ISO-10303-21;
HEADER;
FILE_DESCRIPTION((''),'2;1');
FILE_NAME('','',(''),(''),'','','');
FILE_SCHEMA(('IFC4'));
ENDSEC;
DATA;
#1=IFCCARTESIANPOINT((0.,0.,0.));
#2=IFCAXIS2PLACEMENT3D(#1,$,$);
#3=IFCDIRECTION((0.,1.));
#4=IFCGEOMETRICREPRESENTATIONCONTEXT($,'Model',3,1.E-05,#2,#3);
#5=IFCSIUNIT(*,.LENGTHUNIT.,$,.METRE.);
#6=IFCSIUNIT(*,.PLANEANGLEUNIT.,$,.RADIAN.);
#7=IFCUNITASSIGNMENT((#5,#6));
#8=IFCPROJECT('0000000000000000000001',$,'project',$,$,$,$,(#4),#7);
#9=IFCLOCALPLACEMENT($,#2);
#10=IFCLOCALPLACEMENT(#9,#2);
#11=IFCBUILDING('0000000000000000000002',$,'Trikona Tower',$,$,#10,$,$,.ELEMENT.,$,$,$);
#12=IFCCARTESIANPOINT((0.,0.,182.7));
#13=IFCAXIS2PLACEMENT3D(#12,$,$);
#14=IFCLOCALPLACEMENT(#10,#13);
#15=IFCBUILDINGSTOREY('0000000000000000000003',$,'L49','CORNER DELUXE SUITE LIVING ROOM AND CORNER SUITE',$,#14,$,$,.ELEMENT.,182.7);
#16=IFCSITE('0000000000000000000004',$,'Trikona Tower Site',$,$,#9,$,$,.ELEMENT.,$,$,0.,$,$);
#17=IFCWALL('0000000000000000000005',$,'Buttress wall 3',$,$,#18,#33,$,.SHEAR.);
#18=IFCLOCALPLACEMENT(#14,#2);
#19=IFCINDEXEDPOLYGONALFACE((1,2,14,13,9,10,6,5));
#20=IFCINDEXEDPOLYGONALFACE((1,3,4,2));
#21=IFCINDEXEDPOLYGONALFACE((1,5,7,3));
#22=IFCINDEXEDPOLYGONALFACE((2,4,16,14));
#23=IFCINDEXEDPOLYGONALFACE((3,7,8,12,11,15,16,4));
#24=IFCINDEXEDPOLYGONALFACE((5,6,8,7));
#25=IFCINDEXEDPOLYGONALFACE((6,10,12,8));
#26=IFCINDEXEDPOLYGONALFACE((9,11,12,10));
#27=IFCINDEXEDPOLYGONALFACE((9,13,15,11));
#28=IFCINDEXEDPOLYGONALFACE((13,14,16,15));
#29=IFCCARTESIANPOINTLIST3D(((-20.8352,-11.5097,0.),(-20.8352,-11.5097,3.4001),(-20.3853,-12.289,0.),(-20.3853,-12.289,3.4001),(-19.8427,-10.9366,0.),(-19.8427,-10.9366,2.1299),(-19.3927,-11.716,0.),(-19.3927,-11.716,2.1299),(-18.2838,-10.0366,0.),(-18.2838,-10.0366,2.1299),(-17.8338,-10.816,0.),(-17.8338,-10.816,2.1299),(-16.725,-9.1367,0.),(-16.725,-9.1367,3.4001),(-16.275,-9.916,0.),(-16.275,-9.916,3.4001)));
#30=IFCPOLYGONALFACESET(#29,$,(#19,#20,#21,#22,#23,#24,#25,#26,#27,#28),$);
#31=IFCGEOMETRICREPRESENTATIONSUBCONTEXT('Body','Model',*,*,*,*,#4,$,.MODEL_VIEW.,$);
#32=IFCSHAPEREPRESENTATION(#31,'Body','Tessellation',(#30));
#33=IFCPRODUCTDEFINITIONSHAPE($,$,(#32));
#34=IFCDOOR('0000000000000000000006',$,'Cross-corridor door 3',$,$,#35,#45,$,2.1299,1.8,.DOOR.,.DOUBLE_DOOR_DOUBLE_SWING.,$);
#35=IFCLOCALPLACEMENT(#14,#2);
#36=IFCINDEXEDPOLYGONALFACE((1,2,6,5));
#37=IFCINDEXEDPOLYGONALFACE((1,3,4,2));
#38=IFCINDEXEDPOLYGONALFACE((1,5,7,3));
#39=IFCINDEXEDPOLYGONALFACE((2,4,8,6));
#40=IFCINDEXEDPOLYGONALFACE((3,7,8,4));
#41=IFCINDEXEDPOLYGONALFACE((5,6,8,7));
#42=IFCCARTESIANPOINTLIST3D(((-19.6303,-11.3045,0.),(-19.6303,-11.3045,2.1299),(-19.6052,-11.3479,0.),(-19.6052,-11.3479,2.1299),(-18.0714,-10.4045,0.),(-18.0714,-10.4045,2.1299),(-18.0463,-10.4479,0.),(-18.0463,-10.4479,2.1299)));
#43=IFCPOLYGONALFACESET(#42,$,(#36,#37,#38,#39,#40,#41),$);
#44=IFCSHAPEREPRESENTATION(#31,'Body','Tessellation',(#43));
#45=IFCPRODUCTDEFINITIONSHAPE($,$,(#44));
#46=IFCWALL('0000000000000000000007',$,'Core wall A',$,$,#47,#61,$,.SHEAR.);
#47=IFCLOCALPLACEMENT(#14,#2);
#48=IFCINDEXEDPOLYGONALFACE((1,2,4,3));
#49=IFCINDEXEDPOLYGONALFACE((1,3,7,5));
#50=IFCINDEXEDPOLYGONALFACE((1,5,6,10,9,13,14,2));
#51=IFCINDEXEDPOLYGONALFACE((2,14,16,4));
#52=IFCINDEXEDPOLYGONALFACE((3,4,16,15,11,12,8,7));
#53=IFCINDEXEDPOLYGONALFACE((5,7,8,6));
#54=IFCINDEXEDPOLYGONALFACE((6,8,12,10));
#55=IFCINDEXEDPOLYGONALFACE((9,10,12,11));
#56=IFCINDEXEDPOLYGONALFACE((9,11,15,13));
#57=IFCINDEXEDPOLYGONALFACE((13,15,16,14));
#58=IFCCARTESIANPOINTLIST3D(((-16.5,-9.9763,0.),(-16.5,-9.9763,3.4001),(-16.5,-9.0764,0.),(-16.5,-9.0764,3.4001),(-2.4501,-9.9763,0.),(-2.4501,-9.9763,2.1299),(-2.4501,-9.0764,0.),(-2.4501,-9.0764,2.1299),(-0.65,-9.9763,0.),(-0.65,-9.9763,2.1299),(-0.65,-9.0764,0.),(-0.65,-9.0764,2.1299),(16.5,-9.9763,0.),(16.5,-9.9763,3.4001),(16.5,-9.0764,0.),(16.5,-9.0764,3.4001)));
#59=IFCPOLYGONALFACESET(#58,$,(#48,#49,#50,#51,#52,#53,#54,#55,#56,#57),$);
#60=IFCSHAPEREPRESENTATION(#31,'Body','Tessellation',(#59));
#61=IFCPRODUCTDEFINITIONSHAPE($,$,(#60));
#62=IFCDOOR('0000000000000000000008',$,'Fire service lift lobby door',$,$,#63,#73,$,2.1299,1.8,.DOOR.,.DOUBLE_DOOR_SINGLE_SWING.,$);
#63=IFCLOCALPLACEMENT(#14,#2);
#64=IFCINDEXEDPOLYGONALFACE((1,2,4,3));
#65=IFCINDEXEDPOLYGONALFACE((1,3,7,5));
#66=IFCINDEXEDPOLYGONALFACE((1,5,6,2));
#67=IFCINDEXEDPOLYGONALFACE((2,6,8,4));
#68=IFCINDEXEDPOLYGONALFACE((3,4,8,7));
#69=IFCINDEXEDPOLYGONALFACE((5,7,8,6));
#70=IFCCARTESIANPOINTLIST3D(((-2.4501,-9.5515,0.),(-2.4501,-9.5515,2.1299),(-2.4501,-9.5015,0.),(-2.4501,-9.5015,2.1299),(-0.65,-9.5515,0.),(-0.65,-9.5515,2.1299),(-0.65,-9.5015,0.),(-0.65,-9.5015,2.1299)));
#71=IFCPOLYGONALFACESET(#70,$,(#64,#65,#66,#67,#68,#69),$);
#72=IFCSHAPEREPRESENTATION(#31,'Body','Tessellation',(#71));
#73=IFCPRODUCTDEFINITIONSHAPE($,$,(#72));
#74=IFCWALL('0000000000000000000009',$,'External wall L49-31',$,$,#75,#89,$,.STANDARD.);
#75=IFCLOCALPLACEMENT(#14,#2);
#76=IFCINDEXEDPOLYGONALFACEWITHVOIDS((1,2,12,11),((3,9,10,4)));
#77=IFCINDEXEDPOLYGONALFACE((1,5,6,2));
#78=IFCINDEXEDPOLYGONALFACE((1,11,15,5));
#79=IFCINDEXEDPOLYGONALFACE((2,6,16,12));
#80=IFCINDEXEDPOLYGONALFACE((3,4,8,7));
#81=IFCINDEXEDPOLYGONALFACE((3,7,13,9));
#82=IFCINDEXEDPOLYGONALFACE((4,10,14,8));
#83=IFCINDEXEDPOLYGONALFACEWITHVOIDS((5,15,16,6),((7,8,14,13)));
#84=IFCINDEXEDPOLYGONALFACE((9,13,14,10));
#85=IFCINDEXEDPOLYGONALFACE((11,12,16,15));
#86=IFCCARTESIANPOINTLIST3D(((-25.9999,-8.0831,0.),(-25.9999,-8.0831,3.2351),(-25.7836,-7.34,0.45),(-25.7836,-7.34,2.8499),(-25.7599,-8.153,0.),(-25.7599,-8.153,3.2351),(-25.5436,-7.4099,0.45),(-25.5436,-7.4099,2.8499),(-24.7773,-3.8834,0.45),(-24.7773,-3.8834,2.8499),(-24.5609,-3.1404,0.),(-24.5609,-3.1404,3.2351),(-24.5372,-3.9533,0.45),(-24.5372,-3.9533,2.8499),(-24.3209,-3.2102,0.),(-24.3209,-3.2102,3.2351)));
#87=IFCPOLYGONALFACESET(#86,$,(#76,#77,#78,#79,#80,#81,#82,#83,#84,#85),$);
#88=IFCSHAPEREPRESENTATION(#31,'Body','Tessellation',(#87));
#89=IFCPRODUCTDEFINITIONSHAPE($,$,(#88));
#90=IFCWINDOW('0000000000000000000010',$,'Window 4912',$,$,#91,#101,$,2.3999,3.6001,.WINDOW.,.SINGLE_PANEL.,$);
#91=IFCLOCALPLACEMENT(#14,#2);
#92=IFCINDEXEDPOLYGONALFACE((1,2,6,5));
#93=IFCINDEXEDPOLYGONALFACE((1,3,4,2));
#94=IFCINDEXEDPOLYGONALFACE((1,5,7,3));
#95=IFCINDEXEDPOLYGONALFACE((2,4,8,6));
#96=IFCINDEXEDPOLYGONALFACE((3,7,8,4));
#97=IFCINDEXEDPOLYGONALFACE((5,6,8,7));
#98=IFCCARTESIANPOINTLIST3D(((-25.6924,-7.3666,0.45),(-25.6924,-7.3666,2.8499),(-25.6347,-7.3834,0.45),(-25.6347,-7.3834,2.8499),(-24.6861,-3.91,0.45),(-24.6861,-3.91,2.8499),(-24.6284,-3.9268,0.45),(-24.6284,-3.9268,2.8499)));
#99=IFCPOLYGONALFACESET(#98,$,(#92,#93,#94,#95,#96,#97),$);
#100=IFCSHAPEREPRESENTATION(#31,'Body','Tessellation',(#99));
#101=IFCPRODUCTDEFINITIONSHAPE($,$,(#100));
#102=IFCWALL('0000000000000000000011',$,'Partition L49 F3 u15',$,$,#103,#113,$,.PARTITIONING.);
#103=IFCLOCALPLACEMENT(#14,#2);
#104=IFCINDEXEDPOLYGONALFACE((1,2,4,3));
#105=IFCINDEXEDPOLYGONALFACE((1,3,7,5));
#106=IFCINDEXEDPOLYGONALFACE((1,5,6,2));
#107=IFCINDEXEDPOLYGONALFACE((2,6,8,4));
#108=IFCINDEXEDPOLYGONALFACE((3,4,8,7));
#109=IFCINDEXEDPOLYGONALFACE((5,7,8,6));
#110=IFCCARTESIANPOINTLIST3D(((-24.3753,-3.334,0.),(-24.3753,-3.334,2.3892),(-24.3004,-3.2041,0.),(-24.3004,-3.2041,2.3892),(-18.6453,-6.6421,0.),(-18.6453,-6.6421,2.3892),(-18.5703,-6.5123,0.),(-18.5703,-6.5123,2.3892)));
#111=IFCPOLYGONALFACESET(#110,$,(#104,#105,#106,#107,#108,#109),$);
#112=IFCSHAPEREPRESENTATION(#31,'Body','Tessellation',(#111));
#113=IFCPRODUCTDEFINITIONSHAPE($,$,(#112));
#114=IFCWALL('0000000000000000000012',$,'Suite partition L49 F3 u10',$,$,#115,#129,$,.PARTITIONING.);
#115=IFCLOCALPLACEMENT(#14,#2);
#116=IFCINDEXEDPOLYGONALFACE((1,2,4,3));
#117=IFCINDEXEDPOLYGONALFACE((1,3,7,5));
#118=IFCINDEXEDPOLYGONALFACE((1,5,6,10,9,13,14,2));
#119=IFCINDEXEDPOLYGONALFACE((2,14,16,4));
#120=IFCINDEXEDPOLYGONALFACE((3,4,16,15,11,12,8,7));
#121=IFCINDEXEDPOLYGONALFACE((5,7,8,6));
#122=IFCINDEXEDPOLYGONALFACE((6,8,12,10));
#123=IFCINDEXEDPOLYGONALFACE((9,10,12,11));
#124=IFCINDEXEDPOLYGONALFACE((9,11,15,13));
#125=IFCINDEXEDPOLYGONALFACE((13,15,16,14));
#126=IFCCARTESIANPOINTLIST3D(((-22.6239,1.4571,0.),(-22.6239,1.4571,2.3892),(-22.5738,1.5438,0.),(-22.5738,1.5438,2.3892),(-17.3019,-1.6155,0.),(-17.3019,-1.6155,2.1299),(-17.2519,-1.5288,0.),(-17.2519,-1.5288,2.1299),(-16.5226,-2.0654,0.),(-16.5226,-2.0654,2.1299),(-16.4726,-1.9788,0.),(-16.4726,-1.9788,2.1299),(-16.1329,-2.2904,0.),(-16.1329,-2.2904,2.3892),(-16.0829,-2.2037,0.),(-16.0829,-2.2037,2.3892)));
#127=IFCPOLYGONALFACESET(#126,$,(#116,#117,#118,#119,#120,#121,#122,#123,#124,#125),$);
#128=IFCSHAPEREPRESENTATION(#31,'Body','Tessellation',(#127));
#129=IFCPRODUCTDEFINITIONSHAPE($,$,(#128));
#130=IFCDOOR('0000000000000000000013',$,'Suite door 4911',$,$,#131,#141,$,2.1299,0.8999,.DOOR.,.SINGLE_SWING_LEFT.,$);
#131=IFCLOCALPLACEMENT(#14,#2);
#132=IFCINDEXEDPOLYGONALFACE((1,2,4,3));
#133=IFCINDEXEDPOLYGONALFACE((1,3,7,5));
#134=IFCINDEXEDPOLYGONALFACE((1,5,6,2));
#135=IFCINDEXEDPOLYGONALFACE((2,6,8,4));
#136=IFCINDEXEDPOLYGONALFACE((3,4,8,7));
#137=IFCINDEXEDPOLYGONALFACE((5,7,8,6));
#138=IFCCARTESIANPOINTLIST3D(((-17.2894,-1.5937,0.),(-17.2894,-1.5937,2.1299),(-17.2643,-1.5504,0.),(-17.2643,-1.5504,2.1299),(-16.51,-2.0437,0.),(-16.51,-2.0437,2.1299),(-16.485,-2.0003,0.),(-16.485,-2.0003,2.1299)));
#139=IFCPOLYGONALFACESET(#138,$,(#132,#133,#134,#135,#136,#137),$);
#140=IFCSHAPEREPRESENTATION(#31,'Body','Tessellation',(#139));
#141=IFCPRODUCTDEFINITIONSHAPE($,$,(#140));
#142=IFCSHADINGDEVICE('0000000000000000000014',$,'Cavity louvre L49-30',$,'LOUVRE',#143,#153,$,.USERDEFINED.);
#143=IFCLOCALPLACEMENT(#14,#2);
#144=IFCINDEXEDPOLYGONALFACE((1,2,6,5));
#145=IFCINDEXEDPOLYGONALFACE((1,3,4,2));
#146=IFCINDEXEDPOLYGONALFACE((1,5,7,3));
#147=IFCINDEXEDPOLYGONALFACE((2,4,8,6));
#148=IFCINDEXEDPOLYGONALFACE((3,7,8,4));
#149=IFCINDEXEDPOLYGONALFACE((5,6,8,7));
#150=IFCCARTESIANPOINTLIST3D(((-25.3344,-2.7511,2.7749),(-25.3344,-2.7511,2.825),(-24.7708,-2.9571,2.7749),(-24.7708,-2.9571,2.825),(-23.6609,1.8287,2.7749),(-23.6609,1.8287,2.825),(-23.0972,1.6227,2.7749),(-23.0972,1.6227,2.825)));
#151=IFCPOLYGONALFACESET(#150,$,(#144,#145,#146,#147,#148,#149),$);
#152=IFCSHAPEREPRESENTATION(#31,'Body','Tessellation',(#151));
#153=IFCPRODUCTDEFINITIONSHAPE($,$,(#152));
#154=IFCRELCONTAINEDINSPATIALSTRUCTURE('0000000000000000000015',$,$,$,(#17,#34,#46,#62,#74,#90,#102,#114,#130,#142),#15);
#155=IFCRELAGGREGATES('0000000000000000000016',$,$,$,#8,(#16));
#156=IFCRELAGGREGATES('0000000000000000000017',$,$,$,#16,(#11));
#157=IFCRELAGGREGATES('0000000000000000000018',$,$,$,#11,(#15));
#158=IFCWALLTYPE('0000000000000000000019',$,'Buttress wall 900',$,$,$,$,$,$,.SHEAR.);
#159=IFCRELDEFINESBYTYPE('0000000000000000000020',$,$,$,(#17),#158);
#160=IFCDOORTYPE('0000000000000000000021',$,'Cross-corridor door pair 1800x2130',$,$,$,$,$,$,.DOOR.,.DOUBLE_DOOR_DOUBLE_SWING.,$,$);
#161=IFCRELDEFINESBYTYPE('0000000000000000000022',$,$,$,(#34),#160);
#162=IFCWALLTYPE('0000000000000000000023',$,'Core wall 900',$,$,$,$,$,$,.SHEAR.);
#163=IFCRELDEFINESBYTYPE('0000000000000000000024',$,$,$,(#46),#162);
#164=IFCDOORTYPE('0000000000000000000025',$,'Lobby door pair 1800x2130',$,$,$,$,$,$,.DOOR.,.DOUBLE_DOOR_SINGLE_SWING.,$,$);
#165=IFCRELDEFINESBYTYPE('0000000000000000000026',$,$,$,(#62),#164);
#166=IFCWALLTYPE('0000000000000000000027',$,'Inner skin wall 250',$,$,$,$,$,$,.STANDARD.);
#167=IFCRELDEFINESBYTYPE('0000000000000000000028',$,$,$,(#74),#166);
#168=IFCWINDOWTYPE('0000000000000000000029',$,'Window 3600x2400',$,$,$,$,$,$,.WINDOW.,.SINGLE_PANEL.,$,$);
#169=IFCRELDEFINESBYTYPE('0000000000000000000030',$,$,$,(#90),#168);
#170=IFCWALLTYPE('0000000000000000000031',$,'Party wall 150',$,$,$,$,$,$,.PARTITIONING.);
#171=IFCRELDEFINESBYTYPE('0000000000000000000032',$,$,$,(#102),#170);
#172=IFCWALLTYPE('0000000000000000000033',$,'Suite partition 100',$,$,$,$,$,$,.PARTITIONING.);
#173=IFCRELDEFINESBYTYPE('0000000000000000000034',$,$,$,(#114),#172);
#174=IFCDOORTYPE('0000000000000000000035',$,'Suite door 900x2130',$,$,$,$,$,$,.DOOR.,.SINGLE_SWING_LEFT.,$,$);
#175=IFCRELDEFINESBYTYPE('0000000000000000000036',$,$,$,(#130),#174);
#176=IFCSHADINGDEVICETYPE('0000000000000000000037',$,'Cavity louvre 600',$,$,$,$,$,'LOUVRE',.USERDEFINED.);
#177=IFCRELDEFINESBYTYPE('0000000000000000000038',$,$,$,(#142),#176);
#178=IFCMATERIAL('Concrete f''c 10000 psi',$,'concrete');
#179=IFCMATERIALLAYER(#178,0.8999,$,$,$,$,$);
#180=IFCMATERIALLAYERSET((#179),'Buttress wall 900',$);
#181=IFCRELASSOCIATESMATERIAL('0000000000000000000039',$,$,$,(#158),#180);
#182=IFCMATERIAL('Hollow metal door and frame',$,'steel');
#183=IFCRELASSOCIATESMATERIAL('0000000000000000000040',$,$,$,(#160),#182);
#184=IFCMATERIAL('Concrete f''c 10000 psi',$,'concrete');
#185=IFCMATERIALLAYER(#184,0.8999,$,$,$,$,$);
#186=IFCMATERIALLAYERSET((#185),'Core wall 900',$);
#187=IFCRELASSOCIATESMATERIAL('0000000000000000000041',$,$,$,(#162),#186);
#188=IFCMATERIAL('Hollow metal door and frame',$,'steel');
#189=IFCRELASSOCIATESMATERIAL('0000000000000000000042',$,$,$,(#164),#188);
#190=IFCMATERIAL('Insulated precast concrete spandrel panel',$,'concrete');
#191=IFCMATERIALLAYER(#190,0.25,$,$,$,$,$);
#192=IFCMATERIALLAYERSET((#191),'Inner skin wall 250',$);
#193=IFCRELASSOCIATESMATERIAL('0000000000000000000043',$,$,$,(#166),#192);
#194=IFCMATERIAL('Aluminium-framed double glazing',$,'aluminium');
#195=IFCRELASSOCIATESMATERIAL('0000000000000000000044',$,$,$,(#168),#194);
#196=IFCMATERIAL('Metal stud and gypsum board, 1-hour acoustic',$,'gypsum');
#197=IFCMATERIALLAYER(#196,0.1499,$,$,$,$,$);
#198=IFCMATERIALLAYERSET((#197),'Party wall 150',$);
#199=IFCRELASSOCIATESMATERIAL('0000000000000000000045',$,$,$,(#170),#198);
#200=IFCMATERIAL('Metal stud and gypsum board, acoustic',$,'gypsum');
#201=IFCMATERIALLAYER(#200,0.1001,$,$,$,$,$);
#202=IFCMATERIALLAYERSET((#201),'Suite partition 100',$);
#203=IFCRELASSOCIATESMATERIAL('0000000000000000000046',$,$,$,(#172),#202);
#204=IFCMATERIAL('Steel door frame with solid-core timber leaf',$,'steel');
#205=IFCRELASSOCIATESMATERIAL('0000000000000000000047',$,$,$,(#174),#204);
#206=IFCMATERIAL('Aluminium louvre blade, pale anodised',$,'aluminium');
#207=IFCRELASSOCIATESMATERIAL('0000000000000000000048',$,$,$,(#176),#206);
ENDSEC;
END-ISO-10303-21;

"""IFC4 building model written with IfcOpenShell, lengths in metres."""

from ifc_helpers import new_model, si_unit, direction, frame, frame_2d, origin, origin_2d, place, context, subcontext, project, spatial, rectangle, extrude, material, layer, layer_set, type_object, element, fill, save


model = new_model("IFC4")

# Units and contexts
model_context = context("Model", 3, precision=1e-05, world=origin(), true_north=direction((0.0, 1.0)))
body_context = subcontext(model_context, "Body", "Model", "MODEL_VIEW")
ifc_project = project(units=[si_unit("LENGTHUNIT", "METRE"), si_unit("PLANEANGLEUNIT", "RADIAN")], contexts=[model_context])

# Site, building, storey
site_placement = place(None, origin())
site = spatial("IfcSite", under=ifc_project, at=site_placement, Name="Trikona Tower Site", CompositionType="ELEMENT", RefElevation=0.0)
building_placement = place(site_placement, origin())
building = spatial("IfcBuilding", under=site, at=building_placement, Name="Trikona Tower", CompositionType="ELEMENT")
storey_placement = place(building_placement, frame((0.0, 0.0, 182.7)))
storey = spatial("IfcBuildingStorey", under=building, at=storey_placement, Name="L49", Description="CORNER DELUXE SUITE LIVING ROOM AND CORNER SUITE", CompositionType="ELEMENT", Elevation=182.7)

# Walls, openings, doors
ifc_material_1 = material(Name="Concrete f'c 10000 psi", Category="concrete")
ifc_layer_1 = layer(ifc_material_1, 0.8999)
ifc_layer_set_1 = layer_set([ifc_layer_1], Name="Buttress wall 900")
wall_type_1 = type_object("IfcWallType", Name="Buttress wall 900", PredefinedType="SHEAR", material=ifc_layer_set_1)
wall_1_placement = place(storey_placement, frame((-16.5, -9.5264, 0.0), z_axis=(0.0, 0.0, 1.0), x_axis=(-0.866031, -0.49999, 0.0)))
wall_1 = element("IfcWall", 1, at=wall_1_placement, inside=storey, type_object=wall_type_1, Name="Buttress wall 3", PredefinedType="SHEAR", context=body_context, shape_type="SweptSolid", body=[
    extrude(rectangle(XDim=4.7461, YDim=0.8999, at=frame_2d((2.373, 0.0))), origin(), (0.0, 0.0, 1.0), 3.4001),
])
opening_1_placement = place(wall_1_placement, frame((1.8, 0.0, 0.0)))
opening_1 = element("IfcOpeningElement", 2, at=opening_1_placement, cuts=wall_1, PredefinedType="OPENING", context=body_context, shape_type="SweptSolid", body=[
    extrude(rectangle(XDim=1.8, YDim=2.1299, at=frame_2d((0.8999, 1.0649))), frame((0.0, 0.46, 0.0), z_axis=(0.0, -1.0, 0.0), x_axis=(1.0, 0.0, 0.0)), (0.0, 0.0, 1.0), 0.9199),
])
ifc_material_2 = material(Name="Hollow metal door and frame", Category="steel")
door_type_1 = type_object("IfcDoorType", Name="Cross-corridor door pair 1800x2130", OperationType="DOUBLE_DOOR_DOUBLE_SWING", PredefinedType="DOOR", material=ifc_material_2)
door_1_placement = place(opening_1_placement, origin())
door_1 = element("IfcDoor", 3, at=door_1_placement, inside=storey, type_object=door_type_1, Name="Cross-corridor door 3", OperationType="DOUBLE_DOOR_DOUBLE_SWING", OverallHeight=2.1299, OverallWidth=1.8, PredefinedType="DOOR", context=body_context, shape_type="SweptSolid", body=[
    extrude(rectangle(XDim=1.8, YDim=2.1299, at=frame_2d((0.8999, 1.0649))), frame((0.0, 0.0249, 0.0), z_axis=(0.0, -1.0, 0.0), x_axis=(1.0, 0.0, 0.0)), (0.0, 0.0, 1.0), 0.05),
])
fill(opening_1, door_1)
ifc_material_3 = material(Name="Concrete f'c 10000 psi", Category="concrete")
ifc_layer_2 = layer(ifc_material_3, 0.8999)
ifc_layer_set_2 = layer_set([ifc_layer_2], Name="Core wall 900")
wall_type_2 = type_object("IfcWallType", Name="Core wall 900", PredefinedType="SHEAR", material=ifc_layer_set_2)
wall_2_placement = place(storey_placement, frame((-16.5, -9.5264, 0.0), z_axis=(0.0, 0.0, 1.0), x_axis=(1.0, 0.0, 0.0)))
wall_2 = element("IfcWall", 4, at=wall_2_placement, inside=storey, type_object=wall_type_2, Name="Core wall A", PredefinedType="SHEAR", context=body_context, shape_type="SweptSolid", body=[
    extrude(rectangle(XDim=33.0, YDim=0.8999, at=frame_2d((16.5, 0.0))), origin(), (0.0, 0.0, 1.0), 3.4001),
])
opening_2_placement = place(wall_2_placement, frame((14.05, 0.0, 0.0)))
opening_2 = element("IfcOpeningElement", 5, at=opening_2_placement, cuts=wall_2, PredefinedType="OPENING", context=body_context, shape_type="SweptSolid", body=[
    extrude(rectangle(XDim=1.8, YDim=2.1299, at=frame_2d((0.8999, 1.0649))), frame((0.0, 0.46, 0.0), z_axis=(0.0, -1.0, 0.0), x_axis=(1.0, 0.0, 0.0)), (0.0, 0.0, 1.0), 0.9199),
])
ifc_material_4 = material(Name="Hollow metal door and frame", Category="steel")
door_type_2 = type_object("IfcDoorType", Name="Lobby door pair 1800x2130", OperationType="DOUBLE_DOOR_SINGLE_SWING", PredefinedType="DOOR", material=ifc_material_4)
door_2_placement = place(opening_2_placement, origin())
door_2 = element("IfcDoor", 6, at=door_2_placement, inside=storey, type_object=door_type_2, Name="Fire service lift lobby door", OperationType="DOUBLE_DOOR_SINGLE_SWING", OverallHeight=2.1299, OverallWidth=1.8, PredefinedType="DOOR", context=body_context, shape_type="SweptSolid", body=[
    extrude(rectangle(XDim=1.8, YDim=2.1299, at=frame_2d((0.8999, 1.0649))), frame((0.0, 0.0249, 0.0), z_axis=(0.0, -1.0, 0.0), x_axis=(1.0, 0.0, 0.0)), (0.0, 0.0, 1.0), 0.05),
])
fill(opening_2, door_2)

# Wall, opening, window
ifc_material_5 = material(Name="Insulated precast concrete spandrel panel", Category="concrete")
ifc_layer_3 = layer(ifc_material_5, 0.25)
ifc_layer_set_3 = layer_set([ifc_layer_3], Name="Inner skin wall 250")
wall_type_3 = type_object("IfcWallType", Name="Inner skin wall 250", PredefinedType="STANDARD", material=ifc_layer_set_3)
wall_3_placement = place(storey_placement, frame((-24.4409, -3.1753, 0.0), z_axis=(0.0, 0.0, 1.0), x_axis=(-0.279528, -0.960137, 0.0)))
wall_3 = element("IfcWall", 7, at=wall_3_placement, inside=storey, type_object=wall_type_3, Name="External wall L49-31", PredefinedType="STANDARD", context=body_context, shape_type="SweptSolid", body=[
    extrude(rectangle(XDim=5.1479, YDim=0.25, at=frame_2d((2.574, 0.0))), origin(), (0.0, 0.0, 1.0), 3.2351),
])
opening_3_placement = place(wall_3_placement, frame((0.7739, 0.0, 0.45)))
opening_3 = element("IfcOpeningElement", 8, at=opening_3_placement, cuts=wall_3, PredefinedType="OPENING", context=body_context, shape_type="SweptSolid", body=[
    extrude(rectangle(XDim=3.6001, YDim=2.3999, at=frame_2d((1.8, 1.2))), frame((0.0, 0.135, 0.0), z_axis=(0.0, -1.0, 0.0), x_axis=(1.0, 0.0, 0.0)), (0.0, 0.0, 1.0), 0.27),
])
ifc_material_6 = material(Name="Aluminium-framed double glazing", Category="aluminium")
window_type_1 = type_object("IfcWindowType", Name="Window 3600x2400", PartitioningType="SINGLE_PANEL", PredefinedType="WINDOW", material=ifc_material_6)
window_1_placement = place(opening_3_placement, origin())
window_1 = element("IfcWindow", 9, at=window_1_placement, inside=storey, type_object=window_type_1, Name="Window 4912", OverallHeight=2.3999, OverallWidth=3.6001, PartitioningType="SINGLE_PANEL", PredefinedType="WINDOW", context=body_context, shape_type="SweptSolid", body=[
    extrude(rectangle(XDim=3.6001, YDim=2.3999, at=frame_2d((1.8, 1.2))), frame((0.0, 0.03, 0.0), z_axis=(0.0, -1.0, 0.0), x_axis=(1.0, 0.0, 0.0)), (0.0, 0.0, 1.0), 0.0601),
])
fill(opening_3, window_1)

# Wall
ifc_material_7 = material(Name="Metal stud and gypsum board, 1-hour acoustic", Category="gypsum")
ifc_layer_4 = layer(ifc_material_7, 0.1499)
ifc_layer_set_4 = layer_set([ifc_layer_4], Name="Party wall 150")
wall_type_4 = type_object("IfcWallType", Name="Party wall 150", PredefinedType="PARTITIONING", material=ifc_layer_set_4)
wall_4_placement = place(storey_placement, frame((-18.6079, -6.5771, 0.0), z_axis=(0.0, 0.0, 1.0), x_axis=(-0.866032, 0.499989, 0.0)))
element("IfcWall", 10, at=wall_4_placement, inside=storey, type_object=wall_type_4, Name="Partition L49 F3 u15", PredefinedType="PARTITIONING", context=body_context, shape_type="SweptSolid", body=[
    extrude(rectangle(XDim=6.6165, YDim=0.1499, at=frame_2d((3.3081, 0.0))), origin(), (0.0, 0.0, 1.0), 2.3892),
])

# Wall, opening, door
ifc_material_8 = material(Name="Metal stud and gypsum board, acoustic", Category="gypsum")
ifc_layer_5 = layer(ifc_material_8, 0.1001)
ifc_layer_set_5 = layer_set([ifc_layer_5], Name="Suite partition 100")
wall_type_5 = type_object("IfcWallType", Name="Suite partition 100", PredefinedType="PARTITIONING", material=ifc_layer_set_5)
wall_5_placement = place(storey_placement, frame((-16.1079, -2.2471, 0.0), z_axis=(0.0, 0.0, 1.0), x_axis=(-0.866026, 0.5, 0.0)))
wall_5 = element("IfcWall", 11, at=wall_5_placement, inside=storey, type_object=wall_type_5, Name="Suite partition L49 F3 u10", PredefinedType="PARTITIONING", context=body_context, shape_type="SweptSolid", body=[
    extrude(rectangle(XDim=7.4951, YDim=0.1001, at=frame_2d((3.7476, 0.0))), origin(), (0.0, 0.0, 1.0), 2.3892),
])
opening_4_placement = place(wall_5_placement, frame((0.45, 0.0, 0.0)))
opening_4 = element("IfcOpeningElement", 12, at=opening_4_placement, cuts=wall_5, PredefinedType="OPENING", context=body_context, shape_type="SweptSolid", body=[
    extrude(rectangle(XDim=0.8999, YDim=2.1299, at=frame_2d((0.45, 1.0649))), frame((0.0, 0.0601, 0.0), z_axis=(0.0, -1.0, 0.0), x_axis=(1.0, 0.0, 0.0)), (0.0, 0.0, 1.0), 0.1201),
])
ifc_material_9 = material(Name="Steel door frame with solid-core timber leaf", Category="steel")
door_type_3 = type_object("IfcDoorType", Name="Suite door 900x2130", OperationType="SINGLE_SWING_LEFT", PredefinedType="DOOR", material=ifc_material_9)
door_3_placement = place(opening_4_placement, origin())
door_3 = element("IfcDoor", 13, at=door_3_placement, inside=storey, type_object=door_type_3, Name="Suite door 4911", OperationType="SINGLE_SWING_LEFT", OverallHeight=2.1299, OverallWidth=0.8999, PredefinedType="DOOR", context=body_context, shape_type="SweptSolid", body=[
    extrude(rectangle(XDim=0.8999, YDim=2.1299, at=frame_2d((0.45, 1.0649))), frame((0.0, 0.0249, 0.0), z_axis=(0.0, -1.0, 0.0), x_axis=(1.0, 0.0, 0.0)), (0.0, 0.0, 1.0), 0.05),
])
fill(opening_4, door_3)

# Shading device
ifc_material_10 = material(Name="Aluminium louvre blade, pale anodised", Category="aluminium")
shading_device_type = type_object("IfcShadingDeviceType", Name="Cavity louvre 600", ElementType="LOUVRE", PredefinedType="USERDEFINED", material=ifc_material_10)
shading_device_1_placement = place(storey_placement, frame((-24.2158, -0.5642, 2.7749), z_axis=(0.0, 0.0, 1.0), x_axis=(-0.34322, -0.939255, 0.0)))
element("IfcShadingDevice", 14, at=shading_device_1_placement, inside=storey, type_object=shading_device_type, Name="Cavity louvre L49-30", ObjectType="LOUVRE", PredefinedType="USERDEFINED", context=body_context, shape_type="SweptSolid", body=[
    extrude(rectangle(XDim=4.876, YDim=0.6001, at=origin_2d()), origin(), (0.0, 0.0, 1.0), 0.05),
])

save(model, "model.ifc")
